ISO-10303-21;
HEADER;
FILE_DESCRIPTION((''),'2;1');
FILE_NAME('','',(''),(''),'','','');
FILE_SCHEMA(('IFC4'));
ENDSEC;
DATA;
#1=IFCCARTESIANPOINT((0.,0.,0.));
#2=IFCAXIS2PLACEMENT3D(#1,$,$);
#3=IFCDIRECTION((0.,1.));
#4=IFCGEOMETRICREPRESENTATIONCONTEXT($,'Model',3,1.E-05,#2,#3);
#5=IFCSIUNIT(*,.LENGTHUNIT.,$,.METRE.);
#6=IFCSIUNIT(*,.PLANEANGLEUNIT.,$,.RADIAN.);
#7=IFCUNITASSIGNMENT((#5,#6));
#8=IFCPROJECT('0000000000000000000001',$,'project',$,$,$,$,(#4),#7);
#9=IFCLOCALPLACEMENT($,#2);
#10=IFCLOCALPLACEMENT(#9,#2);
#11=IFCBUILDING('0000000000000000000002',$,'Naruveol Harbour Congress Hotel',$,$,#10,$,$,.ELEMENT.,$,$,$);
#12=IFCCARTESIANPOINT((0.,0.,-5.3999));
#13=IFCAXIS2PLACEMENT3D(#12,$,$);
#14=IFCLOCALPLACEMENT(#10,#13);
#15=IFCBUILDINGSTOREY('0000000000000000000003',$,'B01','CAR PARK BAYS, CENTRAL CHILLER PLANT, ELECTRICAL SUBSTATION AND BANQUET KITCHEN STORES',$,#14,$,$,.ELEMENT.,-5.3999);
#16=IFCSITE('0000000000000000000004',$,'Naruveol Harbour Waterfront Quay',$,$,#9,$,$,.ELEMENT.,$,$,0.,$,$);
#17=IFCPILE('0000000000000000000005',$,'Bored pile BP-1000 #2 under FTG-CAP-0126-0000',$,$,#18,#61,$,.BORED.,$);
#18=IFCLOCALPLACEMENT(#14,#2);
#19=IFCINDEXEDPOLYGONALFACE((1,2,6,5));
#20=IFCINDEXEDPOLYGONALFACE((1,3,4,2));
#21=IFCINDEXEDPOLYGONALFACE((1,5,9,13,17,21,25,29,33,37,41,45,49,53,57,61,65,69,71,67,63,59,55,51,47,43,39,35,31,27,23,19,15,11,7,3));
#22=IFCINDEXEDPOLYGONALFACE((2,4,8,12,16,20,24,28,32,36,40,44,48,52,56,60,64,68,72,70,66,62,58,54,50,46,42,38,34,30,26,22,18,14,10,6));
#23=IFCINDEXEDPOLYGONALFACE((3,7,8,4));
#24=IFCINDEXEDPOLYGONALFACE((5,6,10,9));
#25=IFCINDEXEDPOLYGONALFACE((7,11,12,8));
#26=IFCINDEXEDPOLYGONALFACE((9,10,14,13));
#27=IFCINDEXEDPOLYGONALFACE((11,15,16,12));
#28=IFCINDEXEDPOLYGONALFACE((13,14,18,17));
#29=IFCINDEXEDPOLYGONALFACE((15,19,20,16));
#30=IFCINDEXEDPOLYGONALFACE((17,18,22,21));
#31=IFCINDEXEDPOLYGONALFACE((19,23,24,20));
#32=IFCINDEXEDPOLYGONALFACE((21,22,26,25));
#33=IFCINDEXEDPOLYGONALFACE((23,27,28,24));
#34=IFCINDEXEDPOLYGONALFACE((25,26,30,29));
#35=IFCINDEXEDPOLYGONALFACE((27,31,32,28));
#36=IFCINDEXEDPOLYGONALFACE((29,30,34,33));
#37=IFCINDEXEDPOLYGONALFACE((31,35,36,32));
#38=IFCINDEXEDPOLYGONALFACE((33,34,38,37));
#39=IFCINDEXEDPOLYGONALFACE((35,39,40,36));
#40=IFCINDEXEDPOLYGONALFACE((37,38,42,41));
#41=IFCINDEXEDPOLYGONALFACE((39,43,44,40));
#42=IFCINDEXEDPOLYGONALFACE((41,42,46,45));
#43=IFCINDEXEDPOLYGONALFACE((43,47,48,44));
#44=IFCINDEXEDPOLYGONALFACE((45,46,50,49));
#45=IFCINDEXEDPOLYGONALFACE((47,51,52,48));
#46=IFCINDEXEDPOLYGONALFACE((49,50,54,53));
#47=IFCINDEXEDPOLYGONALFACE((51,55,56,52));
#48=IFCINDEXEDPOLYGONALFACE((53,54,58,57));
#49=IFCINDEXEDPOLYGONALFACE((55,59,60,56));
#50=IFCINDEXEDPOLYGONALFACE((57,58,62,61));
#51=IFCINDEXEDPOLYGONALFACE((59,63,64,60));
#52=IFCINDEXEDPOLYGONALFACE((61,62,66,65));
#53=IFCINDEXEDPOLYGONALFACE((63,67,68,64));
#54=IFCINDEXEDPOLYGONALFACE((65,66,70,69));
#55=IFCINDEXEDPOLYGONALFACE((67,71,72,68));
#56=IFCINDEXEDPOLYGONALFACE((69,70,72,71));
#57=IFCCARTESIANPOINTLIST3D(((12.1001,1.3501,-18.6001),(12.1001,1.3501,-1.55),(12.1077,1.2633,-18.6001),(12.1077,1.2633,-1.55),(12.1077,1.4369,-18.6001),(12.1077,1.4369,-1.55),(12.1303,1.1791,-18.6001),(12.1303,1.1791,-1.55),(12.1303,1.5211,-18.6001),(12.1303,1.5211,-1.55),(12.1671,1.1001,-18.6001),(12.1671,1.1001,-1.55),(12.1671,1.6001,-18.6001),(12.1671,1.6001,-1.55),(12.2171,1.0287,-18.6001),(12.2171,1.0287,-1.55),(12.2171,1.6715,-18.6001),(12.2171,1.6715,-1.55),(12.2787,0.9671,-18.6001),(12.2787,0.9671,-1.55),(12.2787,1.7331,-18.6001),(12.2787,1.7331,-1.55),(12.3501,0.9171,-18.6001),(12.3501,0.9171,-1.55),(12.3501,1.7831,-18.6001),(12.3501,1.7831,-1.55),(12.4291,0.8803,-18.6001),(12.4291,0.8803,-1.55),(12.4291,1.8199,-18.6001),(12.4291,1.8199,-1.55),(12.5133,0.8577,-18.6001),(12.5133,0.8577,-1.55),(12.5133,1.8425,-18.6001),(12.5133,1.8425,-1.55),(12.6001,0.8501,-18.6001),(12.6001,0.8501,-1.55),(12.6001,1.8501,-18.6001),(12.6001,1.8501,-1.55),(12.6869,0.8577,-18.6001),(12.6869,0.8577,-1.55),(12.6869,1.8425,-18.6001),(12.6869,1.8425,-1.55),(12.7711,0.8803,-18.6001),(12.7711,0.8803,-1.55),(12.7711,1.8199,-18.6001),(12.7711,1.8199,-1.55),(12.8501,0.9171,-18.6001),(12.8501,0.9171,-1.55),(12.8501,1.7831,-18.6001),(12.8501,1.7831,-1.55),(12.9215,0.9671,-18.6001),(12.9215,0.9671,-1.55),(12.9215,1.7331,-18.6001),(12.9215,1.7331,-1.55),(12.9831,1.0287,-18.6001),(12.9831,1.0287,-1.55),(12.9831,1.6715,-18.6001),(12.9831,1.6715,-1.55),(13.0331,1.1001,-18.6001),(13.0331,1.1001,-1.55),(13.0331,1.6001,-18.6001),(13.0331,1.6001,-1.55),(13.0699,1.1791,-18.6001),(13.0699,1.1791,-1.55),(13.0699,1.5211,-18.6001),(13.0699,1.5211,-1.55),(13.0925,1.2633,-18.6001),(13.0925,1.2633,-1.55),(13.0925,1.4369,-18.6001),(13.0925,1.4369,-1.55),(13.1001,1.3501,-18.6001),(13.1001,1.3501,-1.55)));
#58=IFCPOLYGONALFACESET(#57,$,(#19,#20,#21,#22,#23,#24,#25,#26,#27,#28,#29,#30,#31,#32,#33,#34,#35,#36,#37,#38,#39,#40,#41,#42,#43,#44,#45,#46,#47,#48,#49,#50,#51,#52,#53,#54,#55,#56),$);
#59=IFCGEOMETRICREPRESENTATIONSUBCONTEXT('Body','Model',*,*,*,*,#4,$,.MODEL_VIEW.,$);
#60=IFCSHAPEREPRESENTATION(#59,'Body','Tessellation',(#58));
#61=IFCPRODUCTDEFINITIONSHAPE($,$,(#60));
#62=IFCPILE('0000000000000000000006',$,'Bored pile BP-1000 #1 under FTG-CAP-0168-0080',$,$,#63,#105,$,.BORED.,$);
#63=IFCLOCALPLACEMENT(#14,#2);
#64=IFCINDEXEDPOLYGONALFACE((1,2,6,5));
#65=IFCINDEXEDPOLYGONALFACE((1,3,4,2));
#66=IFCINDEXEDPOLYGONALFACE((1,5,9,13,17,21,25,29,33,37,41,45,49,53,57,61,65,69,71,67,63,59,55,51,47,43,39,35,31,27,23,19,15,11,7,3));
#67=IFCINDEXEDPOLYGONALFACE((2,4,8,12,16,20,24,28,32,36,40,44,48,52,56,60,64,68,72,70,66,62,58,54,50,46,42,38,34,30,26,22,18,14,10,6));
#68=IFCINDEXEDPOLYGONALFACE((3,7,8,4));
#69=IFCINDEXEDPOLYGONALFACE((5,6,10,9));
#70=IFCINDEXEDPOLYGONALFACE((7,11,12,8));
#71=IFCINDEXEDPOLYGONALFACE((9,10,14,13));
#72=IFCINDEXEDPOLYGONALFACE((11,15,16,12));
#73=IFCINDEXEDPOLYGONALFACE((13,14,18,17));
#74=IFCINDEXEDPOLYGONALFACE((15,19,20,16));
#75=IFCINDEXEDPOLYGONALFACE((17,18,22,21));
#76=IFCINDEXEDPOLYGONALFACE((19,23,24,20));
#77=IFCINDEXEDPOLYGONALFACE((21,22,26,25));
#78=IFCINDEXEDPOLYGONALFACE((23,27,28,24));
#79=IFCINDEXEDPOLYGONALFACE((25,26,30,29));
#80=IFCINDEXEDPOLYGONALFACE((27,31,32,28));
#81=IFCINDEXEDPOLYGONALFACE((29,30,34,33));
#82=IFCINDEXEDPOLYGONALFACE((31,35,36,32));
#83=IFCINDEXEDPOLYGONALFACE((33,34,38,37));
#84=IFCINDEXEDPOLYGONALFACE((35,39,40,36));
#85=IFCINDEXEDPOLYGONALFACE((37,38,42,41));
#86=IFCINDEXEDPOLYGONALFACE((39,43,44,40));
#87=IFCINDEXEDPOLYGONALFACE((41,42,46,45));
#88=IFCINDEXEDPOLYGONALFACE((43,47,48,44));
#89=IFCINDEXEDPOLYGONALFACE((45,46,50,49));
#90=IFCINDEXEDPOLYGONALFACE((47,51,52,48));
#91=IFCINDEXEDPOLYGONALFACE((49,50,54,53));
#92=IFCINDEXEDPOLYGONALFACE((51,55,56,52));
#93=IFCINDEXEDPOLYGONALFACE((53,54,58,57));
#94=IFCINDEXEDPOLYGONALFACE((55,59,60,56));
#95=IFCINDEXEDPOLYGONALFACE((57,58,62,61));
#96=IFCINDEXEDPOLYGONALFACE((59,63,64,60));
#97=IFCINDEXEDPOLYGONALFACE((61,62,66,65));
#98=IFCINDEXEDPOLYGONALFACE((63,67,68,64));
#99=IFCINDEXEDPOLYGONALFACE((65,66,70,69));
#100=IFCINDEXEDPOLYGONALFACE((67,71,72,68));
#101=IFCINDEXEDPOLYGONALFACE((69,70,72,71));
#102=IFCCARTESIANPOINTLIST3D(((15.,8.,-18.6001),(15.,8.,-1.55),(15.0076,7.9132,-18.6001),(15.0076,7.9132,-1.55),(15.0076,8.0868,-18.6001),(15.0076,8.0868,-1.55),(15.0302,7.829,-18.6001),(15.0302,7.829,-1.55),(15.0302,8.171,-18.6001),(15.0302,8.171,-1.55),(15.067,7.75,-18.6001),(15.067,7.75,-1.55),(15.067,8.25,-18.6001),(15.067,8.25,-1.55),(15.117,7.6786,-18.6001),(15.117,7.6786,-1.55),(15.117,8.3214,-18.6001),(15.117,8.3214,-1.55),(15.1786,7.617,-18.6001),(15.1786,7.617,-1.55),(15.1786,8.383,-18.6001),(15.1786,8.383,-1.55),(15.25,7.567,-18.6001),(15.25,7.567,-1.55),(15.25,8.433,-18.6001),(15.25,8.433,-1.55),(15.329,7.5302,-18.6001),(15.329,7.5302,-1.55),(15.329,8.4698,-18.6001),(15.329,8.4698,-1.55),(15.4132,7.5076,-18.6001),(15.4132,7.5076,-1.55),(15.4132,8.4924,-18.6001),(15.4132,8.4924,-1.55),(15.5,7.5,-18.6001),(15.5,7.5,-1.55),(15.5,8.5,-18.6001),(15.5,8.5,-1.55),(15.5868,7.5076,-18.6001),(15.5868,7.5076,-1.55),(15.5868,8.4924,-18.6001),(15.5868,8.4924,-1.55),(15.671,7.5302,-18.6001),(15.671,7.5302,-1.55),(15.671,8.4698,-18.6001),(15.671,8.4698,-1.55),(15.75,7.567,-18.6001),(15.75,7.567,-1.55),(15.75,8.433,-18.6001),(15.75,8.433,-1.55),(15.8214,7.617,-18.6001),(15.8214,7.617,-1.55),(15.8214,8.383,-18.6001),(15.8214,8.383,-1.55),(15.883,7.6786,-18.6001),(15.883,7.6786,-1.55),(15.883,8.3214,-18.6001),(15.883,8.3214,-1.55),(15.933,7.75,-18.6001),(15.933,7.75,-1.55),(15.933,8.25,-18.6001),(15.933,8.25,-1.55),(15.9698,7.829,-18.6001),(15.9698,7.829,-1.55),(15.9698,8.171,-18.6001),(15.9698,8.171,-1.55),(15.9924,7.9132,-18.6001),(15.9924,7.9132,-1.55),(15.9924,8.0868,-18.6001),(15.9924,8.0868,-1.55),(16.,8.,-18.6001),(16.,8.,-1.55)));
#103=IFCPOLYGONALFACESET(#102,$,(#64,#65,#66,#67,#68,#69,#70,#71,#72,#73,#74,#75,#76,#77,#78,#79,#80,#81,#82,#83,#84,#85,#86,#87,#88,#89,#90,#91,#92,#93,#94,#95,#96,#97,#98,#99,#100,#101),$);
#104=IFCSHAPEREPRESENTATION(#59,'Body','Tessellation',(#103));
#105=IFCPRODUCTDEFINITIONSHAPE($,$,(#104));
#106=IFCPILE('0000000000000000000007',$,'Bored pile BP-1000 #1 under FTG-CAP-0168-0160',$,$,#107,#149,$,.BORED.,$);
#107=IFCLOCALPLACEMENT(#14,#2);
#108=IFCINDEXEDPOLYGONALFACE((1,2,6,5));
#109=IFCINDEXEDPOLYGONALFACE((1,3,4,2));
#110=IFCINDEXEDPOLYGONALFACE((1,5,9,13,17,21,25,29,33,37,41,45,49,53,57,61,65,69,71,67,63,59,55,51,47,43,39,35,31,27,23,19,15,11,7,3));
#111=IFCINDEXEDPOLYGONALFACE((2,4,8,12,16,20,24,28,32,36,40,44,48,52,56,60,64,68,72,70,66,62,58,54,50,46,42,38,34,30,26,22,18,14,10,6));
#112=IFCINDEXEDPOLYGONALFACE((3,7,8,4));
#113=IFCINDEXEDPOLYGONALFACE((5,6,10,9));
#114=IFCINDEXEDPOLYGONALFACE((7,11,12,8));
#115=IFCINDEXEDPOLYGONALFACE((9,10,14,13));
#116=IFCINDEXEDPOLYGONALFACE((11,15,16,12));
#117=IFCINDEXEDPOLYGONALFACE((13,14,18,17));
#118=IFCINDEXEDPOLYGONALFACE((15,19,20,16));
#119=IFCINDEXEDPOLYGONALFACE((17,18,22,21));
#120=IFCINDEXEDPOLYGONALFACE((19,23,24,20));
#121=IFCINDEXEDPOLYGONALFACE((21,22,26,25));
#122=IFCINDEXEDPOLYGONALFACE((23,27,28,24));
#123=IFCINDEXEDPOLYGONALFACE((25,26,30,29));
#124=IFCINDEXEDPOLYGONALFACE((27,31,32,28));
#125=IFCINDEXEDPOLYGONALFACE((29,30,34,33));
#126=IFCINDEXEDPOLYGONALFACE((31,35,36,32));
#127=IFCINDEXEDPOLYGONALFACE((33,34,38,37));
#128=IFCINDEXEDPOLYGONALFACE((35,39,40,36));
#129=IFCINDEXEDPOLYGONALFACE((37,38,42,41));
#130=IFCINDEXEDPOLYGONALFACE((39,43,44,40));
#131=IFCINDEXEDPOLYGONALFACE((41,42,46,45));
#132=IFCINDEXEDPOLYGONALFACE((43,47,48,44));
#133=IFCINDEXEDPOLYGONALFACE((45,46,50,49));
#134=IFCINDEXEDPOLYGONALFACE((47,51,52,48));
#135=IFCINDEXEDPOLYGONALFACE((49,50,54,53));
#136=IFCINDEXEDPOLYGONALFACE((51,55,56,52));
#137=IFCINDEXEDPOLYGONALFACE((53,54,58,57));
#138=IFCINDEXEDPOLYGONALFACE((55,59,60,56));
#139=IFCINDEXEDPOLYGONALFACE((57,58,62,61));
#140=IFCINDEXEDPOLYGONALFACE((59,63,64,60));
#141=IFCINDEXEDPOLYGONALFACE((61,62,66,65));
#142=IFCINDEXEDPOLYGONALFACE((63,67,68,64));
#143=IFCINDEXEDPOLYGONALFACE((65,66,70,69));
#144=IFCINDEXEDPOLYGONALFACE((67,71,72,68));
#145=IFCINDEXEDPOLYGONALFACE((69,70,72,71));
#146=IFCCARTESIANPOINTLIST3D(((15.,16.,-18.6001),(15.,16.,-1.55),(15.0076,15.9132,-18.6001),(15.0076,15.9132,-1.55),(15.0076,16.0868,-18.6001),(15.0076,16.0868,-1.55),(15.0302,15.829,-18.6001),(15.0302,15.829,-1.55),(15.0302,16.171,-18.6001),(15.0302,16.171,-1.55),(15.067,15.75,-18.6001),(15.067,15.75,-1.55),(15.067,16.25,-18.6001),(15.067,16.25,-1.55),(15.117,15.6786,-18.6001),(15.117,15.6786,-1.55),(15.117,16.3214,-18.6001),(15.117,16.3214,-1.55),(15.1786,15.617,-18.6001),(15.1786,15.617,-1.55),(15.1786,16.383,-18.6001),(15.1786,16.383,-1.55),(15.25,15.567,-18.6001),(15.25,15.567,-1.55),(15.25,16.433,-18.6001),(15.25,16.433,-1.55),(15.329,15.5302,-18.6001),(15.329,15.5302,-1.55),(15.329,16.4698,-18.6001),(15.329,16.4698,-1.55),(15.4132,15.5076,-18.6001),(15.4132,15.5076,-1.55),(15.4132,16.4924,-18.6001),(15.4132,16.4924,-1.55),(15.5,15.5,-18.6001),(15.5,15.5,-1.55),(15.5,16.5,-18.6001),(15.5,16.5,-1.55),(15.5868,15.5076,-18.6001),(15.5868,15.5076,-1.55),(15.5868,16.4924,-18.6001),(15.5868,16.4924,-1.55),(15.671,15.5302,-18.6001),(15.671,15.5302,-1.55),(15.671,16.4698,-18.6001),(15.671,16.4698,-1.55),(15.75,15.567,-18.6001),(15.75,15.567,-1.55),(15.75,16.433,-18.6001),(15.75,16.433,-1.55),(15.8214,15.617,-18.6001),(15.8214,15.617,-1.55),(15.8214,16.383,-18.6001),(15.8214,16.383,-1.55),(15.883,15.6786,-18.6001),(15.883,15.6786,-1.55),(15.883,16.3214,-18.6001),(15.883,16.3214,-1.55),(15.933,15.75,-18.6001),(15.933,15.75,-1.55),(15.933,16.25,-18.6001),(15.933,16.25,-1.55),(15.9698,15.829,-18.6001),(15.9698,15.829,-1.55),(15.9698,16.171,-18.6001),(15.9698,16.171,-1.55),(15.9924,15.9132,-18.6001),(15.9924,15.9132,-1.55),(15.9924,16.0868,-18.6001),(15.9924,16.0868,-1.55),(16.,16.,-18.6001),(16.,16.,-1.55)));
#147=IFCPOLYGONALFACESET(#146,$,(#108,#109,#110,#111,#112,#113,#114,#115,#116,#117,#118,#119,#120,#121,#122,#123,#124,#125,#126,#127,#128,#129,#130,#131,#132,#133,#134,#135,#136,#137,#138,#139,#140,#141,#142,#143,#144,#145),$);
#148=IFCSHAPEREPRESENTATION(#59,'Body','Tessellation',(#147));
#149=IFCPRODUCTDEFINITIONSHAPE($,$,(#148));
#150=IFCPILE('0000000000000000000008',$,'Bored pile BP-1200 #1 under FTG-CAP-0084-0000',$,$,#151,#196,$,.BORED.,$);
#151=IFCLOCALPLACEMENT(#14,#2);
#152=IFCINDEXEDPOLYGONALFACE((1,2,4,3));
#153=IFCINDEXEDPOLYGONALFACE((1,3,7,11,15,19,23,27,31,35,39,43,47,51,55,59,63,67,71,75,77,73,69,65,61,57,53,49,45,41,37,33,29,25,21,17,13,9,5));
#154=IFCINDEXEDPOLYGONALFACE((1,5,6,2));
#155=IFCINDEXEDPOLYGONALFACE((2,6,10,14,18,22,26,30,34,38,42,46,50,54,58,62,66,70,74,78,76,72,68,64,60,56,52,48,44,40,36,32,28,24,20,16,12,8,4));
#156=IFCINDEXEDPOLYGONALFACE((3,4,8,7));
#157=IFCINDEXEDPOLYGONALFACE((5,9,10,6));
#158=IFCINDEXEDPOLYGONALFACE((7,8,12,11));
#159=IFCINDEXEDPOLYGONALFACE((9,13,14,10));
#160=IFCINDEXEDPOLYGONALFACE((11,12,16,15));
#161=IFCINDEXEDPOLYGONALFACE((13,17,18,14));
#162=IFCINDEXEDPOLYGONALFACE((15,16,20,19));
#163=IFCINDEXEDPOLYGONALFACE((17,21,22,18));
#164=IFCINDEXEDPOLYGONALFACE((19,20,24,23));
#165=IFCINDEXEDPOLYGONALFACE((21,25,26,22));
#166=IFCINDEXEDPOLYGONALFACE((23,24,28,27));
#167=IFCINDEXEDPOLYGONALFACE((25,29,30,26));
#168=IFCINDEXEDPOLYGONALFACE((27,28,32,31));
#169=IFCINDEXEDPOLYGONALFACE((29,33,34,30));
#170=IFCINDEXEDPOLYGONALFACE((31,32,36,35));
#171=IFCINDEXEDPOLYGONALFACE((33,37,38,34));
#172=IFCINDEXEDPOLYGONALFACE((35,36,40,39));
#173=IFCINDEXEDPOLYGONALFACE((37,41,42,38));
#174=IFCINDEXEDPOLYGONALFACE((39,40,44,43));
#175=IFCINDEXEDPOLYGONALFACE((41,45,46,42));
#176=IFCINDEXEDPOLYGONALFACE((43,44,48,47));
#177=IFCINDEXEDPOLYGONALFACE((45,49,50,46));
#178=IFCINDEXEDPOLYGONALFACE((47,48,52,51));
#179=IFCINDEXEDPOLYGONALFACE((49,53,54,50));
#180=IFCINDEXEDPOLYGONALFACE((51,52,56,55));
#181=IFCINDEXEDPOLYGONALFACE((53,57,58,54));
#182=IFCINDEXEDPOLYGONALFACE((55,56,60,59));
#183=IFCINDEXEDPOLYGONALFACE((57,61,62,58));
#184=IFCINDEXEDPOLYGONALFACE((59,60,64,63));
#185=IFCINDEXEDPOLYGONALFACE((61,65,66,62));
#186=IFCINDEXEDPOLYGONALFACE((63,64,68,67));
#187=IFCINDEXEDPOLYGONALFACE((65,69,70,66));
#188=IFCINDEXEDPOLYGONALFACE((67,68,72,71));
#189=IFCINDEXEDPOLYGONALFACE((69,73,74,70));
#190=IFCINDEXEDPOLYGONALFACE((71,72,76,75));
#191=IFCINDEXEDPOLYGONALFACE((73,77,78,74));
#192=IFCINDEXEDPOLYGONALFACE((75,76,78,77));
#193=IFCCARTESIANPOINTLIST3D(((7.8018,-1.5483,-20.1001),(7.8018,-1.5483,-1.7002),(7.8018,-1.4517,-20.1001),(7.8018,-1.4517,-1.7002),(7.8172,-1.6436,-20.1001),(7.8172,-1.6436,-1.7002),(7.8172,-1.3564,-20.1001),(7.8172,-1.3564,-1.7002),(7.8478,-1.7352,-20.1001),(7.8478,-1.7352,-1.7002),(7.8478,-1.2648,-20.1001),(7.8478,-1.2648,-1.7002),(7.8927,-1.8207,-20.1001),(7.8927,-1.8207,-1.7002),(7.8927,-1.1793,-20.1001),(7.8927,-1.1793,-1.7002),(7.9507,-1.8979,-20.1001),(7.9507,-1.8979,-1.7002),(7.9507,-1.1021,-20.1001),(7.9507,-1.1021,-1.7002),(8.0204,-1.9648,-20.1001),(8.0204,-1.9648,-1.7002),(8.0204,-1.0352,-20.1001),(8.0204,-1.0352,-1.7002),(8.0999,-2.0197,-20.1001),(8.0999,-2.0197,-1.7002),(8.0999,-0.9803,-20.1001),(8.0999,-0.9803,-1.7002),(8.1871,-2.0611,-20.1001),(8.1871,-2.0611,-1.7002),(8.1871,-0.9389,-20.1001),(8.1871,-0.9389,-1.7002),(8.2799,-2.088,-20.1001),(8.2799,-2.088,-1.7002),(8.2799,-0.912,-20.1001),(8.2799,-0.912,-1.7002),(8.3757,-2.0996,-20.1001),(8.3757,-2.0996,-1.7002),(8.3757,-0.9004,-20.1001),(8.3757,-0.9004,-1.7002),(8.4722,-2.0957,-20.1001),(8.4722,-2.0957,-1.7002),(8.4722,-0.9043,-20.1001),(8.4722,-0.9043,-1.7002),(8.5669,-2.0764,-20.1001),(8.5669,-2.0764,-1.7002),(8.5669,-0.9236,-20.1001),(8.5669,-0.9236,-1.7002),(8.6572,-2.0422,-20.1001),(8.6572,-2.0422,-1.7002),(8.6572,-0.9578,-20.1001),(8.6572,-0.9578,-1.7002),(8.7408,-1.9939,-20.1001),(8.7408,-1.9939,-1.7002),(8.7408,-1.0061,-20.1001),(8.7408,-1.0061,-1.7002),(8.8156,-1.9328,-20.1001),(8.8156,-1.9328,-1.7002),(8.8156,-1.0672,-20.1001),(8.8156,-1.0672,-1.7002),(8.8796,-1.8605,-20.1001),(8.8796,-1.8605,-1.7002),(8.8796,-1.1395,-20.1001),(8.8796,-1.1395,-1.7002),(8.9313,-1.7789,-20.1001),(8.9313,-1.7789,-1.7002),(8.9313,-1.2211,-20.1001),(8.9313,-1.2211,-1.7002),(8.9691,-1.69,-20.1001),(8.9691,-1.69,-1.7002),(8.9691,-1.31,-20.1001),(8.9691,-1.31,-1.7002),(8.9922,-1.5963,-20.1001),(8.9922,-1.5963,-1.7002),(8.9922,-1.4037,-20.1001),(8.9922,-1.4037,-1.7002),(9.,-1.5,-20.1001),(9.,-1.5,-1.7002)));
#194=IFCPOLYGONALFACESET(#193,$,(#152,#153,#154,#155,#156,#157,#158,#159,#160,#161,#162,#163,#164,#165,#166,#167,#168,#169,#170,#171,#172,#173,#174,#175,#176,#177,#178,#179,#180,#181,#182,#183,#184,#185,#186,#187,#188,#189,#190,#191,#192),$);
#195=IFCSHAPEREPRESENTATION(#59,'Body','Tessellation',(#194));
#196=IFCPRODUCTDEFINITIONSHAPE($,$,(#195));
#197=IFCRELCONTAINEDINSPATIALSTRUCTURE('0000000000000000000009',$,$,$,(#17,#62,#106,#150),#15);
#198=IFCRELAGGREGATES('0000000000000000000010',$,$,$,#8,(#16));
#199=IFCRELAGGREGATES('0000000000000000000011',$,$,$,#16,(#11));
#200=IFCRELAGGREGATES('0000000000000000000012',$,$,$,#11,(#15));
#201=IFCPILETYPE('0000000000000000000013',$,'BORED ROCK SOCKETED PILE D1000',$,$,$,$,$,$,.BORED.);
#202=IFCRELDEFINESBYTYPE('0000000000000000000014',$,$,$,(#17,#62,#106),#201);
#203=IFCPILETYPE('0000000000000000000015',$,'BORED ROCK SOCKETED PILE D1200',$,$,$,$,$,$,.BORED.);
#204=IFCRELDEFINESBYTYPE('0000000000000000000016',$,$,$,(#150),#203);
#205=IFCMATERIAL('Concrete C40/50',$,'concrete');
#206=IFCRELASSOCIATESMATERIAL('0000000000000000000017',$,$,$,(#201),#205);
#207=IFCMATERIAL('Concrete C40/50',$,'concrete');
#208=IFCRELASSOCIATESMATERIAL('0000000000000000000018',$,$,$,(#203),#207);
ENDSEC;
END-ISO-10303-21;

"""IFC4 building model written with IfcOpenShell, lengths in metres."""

from ifc_helpers import new_model, si_unit, direction, frame, origin, origin_2d, place, context, subcontext, project, spatial, circle, extrude, material, material_profile, profile_set, type_object, element, save


model = new_model("IFC4")

# Units and contexts
model_context = context("Model", 3, precision=1e-05, world=origin(), true_north=direction((0.0, 1.0)))
body_context = subcontext(model_context, "Body", "Model", "MODEL_VIEW")
ifc_project = project(units=[si_unit("LENGTHUNIT", "METRE"), si_unit("PLANEANGLEUNIT", "RADIAN")], contexts=[model_context])

# Site, building, storey
site_placement = place(None, origin())
site = spatial("IfcSite", under=ifc_project, at=site_placement, Name="Naruveol Harbour Waterfront Quay", CompositionType="ELEMENT", RefElevation=0.0)
building_placement = place(site_placement, origin())
building = spatial("IfcBuilding", under=site, at=building_placement, Name="Naruveol Harbour Congress Hotel", CompositionType="ELEMENT")
storey_placement = place(building_placement, frame((0.0, 0.0, -5.3999)))
storey = spatial("IfcBuildingStorey", under=building, at=storey_placement, Name="B01", Description="CAR PARK BAYS, CENTRAL CHILLER PLANT, ELECTRICAL SUBSTATION AND BANQUET KITCHEN STORES", CompositionType="ELEMENT", Elevation=-5.3999)

# Piles
ifc_material_1 = material(Name="Concrete C40/50", Category="concrete")
ifc_material_profile_1 = material_profile(ifc_material_1, circle(Radius=0.5, at=origin_2d()), Name="BP-1000")
ifc_profile_set_1 = profile_set([ifc_material_profile_1], Name="Concrete C40/50")
pile_type_1 = type_object("IfcPileType", Name="BORED ROCK SOCKETED PILE D1000", PredefinedType="BORED", material=ifc_profile_set_1)
for number, where, z_axis, x_axis, name in (
    (1, (12.6001, 1.3501, -1.55), (0.0, 0.0, -1.0), (1.0, 0.0, 0.0), "Bored pile BP-1000 #2 under FTG-CAP-0126-0000"),
    (2, (15.5, 8.0, -1.55), (0.0, 0.0, -1.0), (1.0, 0.0, 0.0), "Bored pile BP-1000 #1 under FTG-CAP-0168-0080"),
    (3, (15.5, 16.0, -1.55), (0.0, 0.0, -1.0), (1.0, 0.0, 0.0), "Bored pile BP-1000 #1 under FTG-CAP-0168-0160"),
):
    element("IfcPile", number, at=place(storey_placement, frame(where, z_axis=z_axis, x_axis=x_axis)), inside=storey, type_object=pile_type_1, Name=name, PredefinedType="BORED", context=body_context, shape_type="SweptSolid", body=[
        extrude(circle(Radius=0.5, at=origin_2d()), origin(), (0.0, 0.0, 1.0), 17.05),
    ])
ifc_material_2 = material(Name="Concrete C40/50", Category="concrete")
ifc_material_profile_2 = material_profile(ifc_material_2, circle(Radius=0.6001, at=origin_2d()), Name="BP-1200")
ifc_profile_set_2 = profile_set([ifc_material_profile_2], Name="Concrete C40/50")
pile_type_2 = type_object("IfcPileType", Name="BORED ROCK SOCKETED PILE D1200", PredefinedType="BORED", material=ifc_profile_set_2)
for number, where, z_axis, x_axis, name in (
    (4, (8.3999, -1.5, -1.7002), (0.0, 0.0, -1.0), (1.0, 0.0, 0.0), "Bored pile BP-1200 #1 under FTG-CAP-0084-0000"),
):
    element("IfcPile", number, at=place(storey_placement, frame(where, z_axis=z_axis, x_axis=x_axis)), inside=storey, type_object=pile_type_2, Name=name, PredefinedType="BORED", context=body_context, shape_type="SweptSolid", body=[
        extrude(circle(Radius=0.6001, at=origin_2d()), origin(), (0.0, 0.0, 1.0), 18.3999),
    ])

save(model, "model.ifc")
